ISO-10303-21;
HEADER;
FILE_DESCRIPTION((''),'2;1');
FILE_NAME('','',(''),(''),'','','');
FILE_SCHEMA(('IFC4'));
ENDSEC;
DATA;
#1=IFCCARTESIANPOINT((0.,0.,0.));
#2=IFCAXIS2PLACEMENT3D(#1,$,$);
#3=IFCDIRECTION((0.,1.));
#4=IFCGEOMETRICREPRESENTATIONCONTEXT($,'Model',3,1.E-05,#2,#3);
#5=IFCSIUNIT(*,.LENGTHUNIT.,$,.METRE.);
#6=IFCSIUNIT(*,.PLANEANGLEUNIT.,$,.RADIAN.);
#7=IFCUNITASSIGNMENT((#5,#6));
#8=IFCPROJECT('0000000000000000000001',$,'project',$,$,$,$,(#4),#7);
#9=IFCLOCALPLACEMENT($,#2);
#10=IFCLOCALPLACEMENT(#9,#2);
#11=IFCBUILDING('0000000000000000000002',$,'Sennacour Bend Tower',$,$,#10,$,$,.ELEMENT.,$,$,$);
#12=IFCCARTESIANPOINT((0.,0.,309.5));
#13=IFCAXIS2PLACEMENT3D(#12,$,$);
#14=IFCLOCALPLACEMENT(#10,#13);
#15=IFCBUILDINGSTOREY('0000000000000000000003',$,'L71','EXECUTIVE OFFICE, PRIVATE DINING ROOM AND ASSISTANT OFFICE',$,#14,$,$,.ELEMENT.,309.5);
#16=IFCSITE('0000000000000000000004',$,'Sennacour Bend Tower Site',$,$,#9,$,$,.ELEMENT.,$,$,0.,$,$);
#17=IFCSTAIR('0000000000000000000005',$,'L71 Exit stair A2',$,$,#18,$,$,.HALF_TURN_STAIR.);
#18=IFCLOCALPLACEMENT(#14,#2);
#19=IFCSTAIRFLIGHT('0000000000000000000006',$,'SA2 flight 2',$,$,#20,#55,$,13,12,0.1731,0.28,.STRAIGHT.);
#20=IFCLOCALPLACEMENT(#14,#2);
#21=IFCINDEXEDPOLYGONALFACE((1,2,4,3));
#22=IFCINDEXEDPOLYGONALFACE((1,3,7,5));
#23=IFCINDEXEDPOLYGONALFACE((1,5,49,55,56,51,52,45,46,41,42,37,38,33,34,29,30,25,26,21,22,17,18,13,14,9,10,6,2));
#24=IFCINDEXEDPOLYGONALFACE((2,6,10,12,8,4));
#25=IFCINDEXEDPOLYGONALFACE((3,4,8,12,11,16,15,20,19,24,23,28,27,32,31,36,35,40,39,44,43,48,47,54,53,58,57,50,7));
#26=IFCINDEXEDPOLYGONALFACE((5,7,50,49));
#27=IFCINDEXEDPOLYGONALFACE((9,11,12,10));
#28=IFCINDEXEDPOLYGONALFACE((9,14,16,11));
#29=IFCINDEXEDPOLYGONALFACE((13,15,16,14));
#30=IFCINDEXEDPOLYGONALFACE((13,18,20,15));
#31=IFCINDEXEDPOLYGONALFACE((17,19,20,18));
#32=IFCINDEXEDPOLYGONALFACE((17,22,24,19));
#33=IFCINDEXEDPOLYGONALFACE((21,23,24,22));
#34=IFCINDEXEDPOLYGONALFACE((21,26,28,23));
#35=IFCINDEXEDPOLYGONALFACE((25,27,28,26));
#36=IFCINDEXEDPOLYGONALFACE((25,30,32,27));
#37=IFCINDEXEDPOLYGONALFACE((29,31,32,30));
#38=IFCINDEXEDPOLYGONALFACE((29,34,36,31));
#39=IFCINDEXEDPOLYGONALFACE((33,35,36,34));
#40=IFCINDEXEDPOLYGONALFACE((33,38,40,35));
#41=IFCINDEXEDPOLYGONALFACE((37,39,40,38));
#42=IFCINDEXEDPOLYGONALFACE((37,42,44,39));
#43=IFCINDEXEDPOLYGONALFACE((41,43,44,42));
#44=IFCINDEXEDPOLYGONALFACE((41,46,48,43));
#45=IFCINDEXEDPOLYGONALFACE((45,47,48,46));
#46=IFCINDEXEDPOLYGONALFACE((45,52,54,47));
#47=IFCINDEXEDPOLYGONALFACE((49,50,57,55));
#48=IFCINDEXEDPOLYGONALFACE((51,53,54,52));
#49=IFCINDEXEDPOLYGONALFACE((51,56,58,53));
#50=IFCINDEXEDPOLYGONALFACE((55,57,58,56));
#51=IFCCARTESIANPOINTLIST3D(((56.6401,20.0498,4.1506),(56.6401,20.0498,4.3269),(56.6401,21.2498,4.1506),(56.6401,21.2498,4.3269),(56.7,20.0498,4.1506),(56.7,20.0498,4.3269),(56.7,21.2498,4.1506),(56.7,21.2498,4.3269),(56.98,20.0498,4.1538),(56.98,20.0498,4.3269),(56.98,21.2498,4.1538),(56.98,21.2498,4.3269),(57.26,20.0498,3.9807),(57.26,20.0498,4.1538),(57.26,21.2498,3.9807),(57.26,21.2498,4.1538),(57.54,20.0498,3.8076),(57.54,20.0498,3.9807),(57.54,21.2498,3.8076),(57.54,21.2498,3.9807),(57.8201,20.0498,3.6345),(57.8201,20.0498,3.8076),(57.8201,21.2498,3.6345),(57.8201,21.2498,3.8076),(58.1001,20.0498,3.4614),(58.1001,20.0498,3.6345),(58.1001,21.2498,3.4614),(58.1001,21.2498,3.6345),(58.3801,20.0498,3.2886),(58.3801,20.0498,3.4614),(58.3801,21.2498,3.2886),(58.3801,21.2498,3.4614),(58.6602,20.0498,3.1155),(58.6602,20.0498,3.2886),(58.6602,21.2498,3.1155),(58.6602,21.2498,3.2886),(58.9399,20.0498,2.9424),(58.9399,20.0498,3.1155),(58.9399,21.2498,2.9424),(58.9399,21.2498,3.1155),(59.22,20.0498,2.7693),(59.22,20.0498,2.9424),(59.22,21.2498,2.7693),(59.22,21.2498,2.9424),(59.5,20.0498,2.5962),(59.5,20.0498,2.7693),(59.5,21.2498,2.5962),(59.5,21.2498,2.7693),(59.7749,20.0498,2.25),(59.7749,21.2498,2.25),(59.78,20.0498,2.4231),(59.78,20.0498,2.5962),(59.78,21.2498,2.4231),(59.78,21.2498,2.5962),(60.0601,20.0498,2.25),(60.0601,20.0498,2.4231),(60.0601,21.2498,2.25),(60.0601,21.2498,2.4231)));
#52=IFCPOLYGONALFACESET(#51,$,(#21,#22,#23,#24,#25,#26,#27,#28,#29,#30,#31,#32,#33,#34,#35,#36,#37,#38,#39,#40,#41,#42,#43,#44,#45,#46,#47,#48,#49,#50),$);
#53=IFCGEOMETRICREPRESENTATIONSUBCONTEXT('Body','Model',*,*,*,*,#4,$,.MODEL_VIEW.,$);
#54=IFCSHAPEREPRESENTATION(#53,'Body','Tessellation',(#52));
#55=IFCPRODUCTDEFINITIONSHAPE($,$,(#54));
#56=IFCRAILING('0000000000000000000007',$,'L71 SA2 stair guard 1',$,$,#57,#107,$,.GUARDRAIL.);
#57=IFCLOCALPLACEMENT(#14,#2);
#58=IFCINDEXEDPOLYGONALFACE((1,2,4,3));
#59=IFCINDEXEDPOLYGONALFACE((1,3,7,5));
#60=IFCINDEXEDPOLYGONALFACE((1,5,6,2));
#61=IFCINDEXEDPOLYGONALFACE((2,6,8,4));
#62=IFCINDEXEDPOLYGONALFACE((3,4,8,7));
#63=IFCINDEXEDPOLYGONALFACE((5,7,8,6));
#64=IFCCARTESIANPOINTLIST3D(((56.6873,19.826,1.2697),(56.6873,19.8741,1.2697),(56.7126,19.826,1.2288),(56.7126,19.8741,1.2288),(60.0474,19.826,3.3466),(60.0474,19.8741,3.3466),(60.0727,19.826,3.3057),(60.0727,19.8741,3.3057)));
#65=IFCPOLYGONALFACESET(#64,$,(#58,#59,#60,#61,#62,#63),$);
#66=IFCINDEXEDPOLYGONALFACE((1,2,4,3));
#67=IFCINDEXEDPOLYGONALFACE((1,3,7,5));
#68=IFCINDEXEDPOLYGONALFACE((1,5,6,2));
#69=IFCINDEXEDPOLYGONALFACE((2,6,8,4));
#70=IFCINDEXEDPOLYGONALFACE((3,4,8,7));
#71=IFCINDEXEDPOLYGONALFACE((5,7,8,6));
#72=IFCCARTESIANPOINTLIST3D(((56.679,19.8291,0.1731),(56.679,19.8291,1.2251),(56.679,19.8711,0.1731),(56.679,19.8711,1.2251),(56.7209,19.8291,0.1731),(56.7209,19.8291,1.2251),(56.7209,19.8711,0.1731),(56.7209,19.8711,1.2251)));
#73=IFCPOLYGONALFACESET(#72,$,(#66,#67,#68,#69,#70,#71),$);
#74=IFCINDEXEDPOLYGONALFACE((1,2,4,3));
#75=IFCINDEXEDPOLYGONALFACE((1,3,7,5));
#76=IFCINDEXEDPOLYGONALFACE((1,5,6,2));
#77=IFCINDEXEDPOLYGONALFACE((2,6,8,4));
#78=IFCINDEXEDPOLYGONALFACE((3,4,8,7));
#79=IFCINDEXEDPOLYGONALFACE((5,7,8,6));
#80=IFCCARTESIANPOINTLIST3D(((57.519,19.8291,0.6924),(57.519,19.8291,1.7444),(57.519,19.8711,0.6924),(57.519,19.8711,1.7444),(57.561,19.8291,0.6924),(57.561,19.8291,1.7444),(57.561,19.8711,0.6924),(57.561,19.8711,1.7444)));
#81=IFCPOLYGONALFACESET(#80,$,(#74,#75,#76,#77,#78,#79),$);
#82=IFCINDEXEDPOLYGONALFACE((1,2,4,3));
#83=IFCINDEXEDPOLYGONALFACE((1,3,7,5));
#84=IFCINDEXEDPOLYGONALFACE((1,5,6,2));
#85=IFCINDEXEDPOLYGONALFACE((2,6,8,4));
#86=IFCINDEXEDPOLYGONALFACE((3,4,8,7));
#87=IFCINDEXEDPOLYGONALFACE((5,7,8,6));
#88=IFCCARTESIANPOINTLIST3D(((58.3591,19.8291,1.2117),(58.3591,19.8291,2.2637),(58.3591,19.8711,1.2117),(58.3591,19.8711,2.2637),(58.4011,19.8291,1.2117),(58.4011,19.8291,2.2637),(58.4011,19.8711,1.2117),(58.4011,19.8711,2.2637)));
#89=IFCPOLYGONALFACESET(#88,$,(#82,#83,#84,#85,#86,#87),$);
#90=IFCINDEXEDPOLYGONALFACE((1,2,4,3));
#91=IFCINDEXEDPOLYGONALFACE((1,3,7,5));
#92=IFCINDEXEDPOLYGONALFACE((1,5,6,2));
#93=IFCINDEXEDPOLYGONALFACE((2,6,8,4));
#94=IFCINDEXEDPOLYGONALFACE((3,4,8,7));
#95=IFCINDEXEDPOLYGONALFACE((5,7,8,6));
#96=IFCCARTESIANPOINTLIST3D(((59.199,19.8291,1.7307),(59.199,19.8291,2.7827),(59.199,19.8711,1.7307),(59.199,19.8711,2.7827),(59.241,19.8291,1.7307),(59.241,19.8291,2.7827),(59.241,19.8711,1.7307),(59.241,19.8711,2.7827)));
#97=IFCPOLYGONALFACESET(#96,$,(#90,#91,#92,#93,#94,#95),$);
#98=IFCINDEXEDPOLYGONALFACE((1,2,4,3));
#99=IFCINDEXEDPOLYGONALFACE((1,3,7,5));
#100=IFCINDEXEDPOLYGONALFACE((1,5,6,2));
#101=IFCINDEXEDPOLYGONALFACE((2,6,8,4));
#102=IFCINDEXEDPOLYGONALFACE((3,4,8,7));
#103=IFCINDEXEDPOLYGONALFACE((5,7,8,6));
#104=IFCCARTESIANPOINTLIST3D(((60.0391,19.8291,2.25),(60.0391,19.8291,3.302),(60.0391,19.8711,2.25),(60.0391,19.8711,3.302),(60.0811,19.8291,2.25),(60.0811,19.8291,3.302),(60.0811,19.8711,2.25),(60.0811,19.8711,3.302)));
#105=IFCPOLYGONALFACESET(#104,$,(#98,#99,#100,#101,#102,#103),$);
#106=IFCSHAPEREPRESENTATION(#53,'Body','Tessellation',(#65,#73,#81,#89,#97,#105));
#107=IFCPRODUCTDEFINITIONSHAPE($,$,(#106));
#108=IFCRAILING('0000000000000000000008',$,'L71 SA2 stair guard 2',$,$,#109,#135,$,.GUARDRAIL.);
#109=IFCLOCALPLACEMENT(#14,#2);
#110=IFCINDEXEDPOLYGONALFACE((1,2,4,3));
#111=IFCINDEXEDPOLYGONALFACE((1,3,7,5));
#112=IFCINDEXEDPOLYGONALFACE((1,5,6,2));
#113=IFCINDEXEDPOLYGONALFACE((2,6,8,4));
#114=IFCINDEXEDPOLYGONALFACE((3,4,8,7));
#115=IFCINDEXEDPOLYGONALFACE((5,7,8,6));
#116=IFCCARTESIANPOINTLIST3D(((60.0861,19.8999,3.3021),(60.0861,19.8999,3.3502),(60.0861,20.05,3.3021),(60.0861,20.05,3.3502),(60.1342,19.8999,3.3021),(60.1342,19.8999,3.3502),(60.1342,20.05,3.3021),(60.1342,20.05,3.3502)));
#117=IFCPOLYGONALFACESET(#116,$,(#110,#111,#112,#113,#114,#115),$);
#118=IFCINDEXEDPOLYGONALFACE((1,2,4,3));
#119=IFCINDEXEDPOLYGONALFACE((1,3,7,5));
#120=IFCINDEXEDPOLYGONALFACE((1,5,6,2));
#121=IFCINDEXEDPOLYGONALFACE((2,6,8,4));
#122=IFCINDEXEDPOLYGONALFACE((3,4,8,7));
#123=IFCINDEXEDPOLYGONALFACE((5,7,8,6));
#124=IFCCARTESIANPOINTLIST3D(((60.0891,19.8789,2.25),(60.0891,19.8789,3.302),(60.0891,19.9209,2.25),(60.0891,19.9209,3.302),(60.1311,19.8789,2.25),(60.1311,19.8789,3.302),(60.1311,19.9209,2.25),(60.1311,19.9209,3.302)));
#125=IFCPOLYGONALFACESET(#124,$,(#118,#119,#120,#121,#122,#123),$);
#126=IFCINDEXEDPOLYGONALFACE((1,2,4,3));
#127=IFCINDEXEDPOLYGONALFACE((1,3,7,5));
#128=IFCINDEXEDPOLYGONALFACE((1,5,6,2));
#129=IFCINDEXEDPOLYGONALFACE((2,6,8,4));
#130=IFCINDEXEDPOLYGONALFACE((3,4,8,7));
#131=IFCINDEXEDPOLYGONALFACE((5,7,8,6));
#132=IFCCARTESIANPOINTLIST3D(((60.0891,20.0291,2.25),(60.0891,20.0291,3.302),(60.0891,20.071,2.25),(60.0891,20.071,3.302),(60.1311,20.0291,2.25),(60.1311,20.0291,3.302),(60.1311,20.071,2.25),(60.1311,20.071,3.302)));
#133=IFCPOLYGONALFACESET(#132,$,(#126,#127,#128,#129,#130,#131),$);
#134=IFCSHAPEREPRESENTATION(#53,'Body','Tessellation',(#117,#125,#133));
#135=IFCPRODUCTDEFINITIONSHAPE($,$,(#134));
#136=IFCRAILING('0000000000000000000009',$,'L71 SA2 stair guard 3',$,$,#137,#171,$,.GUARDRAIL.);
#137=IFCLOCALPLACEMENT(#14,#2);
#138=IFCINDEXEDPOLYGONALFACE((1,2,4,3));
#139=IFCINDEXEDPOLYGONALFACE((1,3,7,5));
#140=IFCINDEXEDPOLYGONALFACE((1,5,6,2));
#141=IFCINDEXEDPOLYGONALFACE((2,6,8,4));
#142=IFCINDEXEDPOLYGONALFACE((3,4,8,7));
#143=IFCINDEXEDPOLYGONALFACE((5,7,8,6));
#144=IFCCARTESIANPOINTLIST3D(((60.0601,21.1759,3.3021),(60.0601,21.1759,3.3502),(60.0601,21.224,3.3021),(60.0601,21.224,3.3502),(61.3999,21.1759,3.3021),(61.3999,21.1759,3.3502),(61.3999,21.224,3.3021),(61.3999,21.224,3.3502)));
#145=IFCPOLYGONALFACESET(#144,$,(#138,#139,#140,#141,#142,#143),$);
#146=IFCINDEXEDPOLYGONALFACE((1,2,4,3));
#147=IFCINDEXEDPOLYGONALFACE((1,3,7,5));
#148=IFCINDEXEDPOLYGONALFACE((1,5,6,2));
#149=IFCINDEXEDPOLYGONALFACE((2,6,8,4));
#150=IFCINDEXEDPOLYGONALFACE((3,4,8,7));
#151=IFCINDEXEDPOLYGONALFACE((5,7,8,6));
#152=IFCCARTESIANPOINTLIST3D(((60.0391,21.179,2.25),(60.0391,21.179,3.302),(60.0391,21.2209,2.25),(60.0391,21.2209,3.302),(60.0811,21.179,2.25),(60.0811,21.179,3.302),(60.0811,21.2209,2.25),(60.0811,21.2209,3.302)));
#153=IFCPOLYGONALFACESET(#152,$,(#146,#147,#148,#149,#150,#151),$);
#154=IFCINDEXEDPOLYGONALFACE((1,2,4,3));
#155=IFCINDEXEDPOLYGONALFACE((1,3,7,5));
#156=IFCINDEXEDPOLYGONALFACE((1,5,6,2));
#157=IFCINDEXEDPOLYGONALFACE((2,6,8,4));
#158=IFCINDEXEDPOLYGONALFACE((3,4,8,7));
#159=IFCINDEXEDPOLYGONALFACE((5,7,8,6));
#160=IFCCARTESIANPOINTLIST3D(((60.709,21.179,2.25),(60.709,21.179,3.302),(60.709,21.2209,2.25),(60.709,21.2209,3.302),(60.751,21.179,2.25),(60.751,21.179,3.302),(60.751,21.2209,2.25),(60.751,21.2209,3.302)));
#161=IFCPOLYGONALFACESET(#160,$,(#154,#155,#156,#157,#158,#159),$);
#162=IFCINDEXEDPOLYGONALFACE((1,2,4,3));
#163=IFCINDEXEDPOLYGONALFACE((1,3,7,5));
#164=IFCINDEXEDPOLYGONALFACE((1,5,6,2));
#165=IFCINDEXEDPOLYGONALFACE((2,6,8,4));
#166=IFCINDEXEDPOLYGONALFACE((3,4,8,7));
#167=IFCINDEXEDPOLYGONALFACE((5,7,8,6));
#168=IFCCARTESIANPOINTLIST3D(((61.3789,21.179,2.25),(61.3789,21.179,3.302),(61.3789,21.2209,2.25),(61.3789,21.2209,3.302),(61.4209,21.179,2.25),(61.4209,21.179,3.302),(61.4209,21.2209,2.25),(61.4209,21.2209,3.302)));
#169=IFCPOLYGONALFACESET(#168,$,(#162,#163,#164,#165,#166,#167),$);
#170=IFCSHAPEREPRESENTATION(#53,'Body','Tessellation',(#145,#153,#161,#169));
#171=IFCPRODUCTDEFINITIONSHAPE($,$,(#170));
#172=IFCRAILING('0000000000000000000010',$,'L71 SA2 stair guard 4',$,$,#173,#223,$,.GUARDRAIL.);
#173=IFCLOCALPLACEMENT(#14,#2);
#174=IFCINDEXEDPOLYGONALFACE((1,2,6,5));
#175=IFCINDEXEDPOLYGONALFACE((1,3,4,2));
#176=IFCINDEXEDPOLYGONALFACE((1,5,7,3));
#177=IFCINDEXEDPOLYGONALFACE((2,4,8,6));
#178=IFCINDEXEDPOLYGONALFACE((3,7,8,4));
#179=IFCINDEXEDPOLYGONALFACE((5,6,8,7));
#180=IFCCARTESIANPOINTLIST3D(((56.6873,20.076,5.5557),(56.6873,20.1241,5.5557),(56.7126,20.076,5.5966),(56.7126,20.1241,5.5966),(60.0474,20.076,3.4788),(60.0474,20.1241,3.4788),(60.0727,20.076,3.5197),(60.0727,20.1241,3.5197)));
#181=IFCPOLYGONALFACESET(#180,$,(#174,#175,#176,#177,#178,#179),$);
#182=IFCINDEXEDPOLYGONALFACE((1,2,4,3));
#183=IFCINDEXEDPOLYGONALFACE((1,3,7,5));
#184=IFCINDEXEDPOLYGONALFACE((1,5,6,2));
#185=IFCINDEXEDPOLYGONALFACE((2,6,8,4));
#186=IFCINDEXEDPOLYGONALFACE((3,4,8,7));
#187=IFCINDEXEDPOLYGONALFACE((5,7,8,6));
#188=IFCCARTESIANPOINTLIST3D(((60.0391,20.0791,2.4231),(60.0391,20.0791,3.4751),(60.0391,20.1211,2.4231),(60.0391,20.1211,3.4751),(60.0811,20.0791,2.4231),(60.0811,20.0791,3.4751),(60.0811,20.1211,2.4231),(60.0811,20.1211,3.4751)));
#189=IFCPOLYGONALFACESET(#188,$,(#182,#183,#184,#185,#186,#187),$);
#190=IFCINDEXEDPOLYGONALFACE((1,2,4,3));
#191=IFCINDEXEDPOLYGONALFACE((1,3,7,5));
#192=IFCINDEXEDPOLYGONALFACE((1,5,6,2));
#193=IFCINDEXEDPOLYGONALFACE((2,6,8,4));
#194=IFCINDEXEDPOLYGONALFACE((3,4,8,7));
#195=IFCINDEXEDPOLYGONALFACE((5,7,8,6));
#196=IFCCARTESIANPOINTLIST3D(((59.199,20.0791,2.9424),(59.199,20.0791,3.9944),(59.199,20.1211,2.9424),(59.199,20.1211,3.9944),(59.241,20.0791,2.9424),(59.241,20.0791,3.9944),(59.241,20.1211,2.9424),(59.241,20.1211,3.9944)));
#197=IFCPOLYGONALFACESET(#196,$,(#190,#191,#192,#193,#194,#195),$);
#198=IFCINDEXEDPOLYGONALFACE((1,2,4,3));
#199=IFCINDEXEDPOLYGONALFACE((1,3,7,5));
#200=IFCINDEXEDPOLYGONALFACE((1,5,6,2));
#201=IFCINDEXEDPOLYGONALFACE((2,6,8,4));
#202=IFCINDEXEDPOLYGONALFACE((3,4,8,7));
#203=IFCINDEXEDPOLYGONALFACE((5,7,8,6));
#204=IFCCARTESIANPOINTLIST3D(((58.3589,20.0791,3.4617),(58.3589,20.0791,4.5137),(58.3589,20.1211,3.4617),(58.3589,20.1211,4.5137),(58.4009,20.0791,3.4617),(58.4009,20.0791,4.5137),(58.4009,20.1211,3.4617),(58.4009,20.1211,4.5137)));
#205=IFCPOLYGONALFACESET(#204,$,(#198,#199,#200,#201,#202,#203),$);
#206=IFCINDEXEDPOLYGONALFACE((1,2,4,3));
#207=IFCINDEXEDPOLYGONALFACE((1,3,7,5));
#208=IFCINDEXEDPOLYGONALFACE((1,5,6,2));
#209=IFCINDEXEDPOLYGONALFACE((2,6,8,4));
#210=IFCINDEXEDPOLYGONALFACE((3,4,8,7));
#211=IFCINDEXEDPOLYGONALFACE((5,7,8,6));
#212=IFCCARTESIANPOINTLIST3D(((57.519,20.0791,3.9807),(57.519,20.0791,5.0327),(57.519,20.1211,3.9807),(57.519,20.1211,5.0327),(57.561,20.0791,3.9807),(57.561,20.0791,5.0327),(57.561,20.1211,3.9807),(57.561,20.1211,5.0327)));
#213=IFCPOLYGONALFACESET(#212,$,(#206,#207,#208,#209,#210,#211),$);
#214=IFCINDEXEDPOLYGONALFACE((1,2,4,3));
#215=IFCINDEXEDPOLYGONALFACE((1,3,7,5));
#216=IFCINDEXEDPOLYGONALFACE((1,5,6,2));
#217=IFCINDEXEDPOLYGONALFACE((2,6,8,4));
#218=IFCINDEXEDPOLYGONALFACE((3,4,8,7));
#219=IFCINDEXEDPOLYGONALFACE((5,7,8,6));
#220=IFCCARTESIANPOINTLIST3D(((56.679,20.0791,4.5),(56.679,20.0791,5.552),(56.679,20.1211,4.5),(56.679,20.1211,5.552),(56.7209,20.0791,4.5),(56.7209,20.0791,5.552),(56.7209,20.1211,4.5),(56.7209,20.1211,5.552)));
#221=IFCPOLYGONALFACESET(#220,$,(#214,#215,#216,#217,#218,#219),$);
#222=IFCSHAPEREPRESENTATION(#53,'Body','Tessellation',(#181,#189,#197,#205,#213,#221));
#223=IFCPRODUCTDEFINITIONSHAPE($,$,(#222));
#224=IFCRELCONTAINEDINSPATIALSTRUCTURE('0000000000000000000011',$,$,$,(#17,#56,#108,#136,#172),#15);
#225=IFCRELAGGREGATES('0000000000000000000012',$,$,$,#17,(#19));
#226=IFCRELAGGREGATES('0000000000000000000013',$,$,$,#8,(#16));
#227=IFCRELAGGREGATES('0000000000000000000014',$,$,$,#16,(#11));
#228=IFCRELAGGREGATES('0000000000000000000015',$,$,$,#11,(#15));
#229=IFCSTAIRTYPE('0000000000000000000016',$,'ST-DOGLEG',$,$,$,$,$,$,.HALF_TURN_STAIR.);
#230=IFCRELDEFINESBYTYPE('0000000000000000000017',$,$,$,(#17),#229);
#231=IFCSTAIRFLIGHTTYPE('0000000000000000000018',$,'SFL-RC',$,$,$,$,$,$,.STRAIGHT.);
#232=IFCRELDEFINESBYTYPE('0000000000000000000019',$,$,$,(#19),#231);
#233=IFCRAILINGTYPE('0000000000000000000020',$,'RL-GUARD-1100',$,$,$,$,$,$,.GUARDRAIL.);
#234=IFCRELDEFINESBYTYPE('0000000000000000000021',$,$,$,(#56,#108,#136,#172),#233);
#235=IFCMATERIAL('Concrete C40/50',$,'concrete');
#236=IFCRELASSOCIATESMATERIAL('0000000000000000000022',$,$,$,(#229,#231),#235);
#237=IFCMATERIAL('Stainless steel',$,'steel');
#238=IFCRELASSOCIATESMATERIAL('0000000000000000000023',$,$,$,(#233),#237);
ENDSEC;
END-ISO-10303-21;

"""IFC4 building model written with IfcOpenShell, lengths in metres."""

from ifc_helpers import new_model, si_unit, direction, frame, origin, origin_2d, place, context, subcontext, project, spatial, polyline, rectangle, outline, extrude, material, type_object, element, aggregate, save


model = new_model("IFC4")

# Units and contexts
model_context = context("Model", 3, precision=1e-05, world=origin(), true_north=direction((0.0, 1.0)))
body_context = subcontext(model_context, "Body", "Model", "MODEL_VIEW")
ifc_project = project(units=[si_unit("LENGTHUNIT", "METRE"), si_unit("PLANEANGLEUNIT", "RADIAN")], contexts=[model_context])

# Site, building, storey
site_placement = place(None, origin())
site = spatial("IfcSite", under=ifc_project, at=site_placement, Name="Sennacour Bend Tower Site", CompositionType="ELEMENT", RefElevation=0.0)
building_placement = place(site_placement, origin())
building = spatial("IfcBuilding", under=site, at=building_placement, Name="Sennacour Bend Tower", CompositionType="ELEMENT")
storey_placement = place(building_placement, frame((0.0, 0.0, 309.5)))
storey = spatial("IfcBuildingStorey", under=building, at=storey_placement, Name="L71", Description="EXECUTIVE OFFICE, PRIVATE DINING ROOM AND ASSISTANT OFFICE", CompositionType="ELEMENT", Elevation=309.5)

# Stair, stair flight
ifc_material_1 = material(Name="Concrete C40/50", Category="concrete")
stair_type = type_object("IfcStairType", Name="ST-DOGLEG", PredefinedType="HALF_TURN_STAIR", material=ifc_material_1)
stair_placement = place(storey_placement, origin())
stair = element("IfcStair", 1, at=stair_placement, inside=storey, type_object=stair_type, Name="L71 Exit stair A2", PredefinedType="HALF_TURN_STAIR")
stair_flight_type = type_object("IfcStairFlightType", Name="SFL-RC", PredefinedType="STRAIGHT", material=ifc_material_1)
stair_flight_1_placement = place(storey_placement, frame((60.0601, 20.6499, 2.25), z_axis=(0.0, 0.0, 1.0), x_axis=(-1.0, 0.0, 0.0)))
stair_flight_1 = element("IfcStairFlight", 2, at=stair_flight_1_placement, type_object=stair_flight_type, Name="SA2 flight 2", NumberOfRisers=13, NumberOfTreads=12, PredefinedType="STRAIGHT", RiserHeight=0.1731, TreadLength=0.28, context=body_context, shape_type="SweptSolid", body=[
    extrude(outline(polyline([(0.0, 0.0), (0.0, 0.1731), (0.28, 0.1731), (0.28, 0.3462), (0.5601, 0.3462), (0.5601, 0.5193), (0.8401, 0.5193), (0.8401, 0.6924), (1.1201, 0.6924), (1.1201, 0.8655), (1.3999, 0.8655), (1.3999, 1.0386), (1.6799, 1.0386), (1.6799, 1.2114), (1.96, 1.2114), (1.96, 1.3845), (2.24, 1.3845), (2.24, 1.5576), (2.52, 1.5576), (2.52, 1.7307), (2.8, 1.7307), (2.8, 1.9038), (3.0801, 1.9038), (3.0801, 2.0769), (3.3601, 2.0769), (3.4199, 2.0769), (3.4199, 1.9006), (3.3601, 1.9006), (0.2852, 0.0), (0.0, 0.0)])), frame((0.0, 0.6001, 0.0), z_axis=(0.0, -1.0, 0.0), x_axis=(1.0, 0.0, 0.0)), (0.0, 0.0, 1.0), 1.2),
])
aggregate(stair, [stair_flight_1])

# Railings
ifc_material_2 = material(Name="Stainless steel", Category="steel")
railing_type_1 = type_object("IfcRailingType", Name="RL-GUARD-1100", PredefinedType="GUARDRAIL", material=ifc_material_2)
railing_1_placement = place(storey_placement, frame((56.7, 19.8501, 0.1731)))
element("IfcRailing", 3, at=railing_1_placement, inside=storey, type_object=railing_type_1, Name="L71 SA2 stair guard 1", PredefinedType="GUARDRAIL", context=body_context, shape_type="SweptSolid", body=[
    extrude(rectangle(XDim=0.0481, YDim=0.0481, at=origin_2d()), frame((0.0, 0.0, 1.0762), z_axis=(0.850623, 0.0, 0.525776), x_axis=(0.0, 1.0, 0.0)), (0.0, 0.0, 1.0), 3.9502),
    extrude(rectangle(XDim=0.042, YDim=0.042, at=origin_2d()), origin(), (0.0, 0.0, 1.0), 1.052),
    extrude(rectangle(XDim=0.042, YDim=0.042, at=origin_2d()), frame((0.8401, 0.0, 0.5193)), (0.0, 0.0, 1.0), 1.052),
    extrude(rectangle(XDim=0.042, YDim=0.042, at=origin_2d()), frame((1.6802, 0.0, 1.0386)), (0.0, 0.0, 1.0), 1.052),
    extrude(rectangle(XDim=0.042, YDim=0.042, at=origin_2d()), frame((2.52, 0.0, 1.5576)), (0.0, 0.0, 1.0), 1.052),
    extrude(rectangle(XDim=0.042, YDim=0.042, at=origin_2d()), frame((3.3601, 0.0, 2.0769)), (0.0, 0.0, 1.0), 1.052),
])
railing_2_placement = place(storey_placement, frame((60.1101, 19.8999, 2.25)))
element("IfcRailing", 4, at=railing_2_placement, inside=storey, type_object=railing_type_1, Name="L71 SA2 stair guard 2", PredefinedType="GUARDRAIL", context=body_context, shape_type="SweptSolid", body=[
    extrude(rectangle(XDim=0.0481, YDim=0.0481, at=origin_2d()), frame((0.0, 0.0, 1.0762), z_axis=(0.0, 1.0, 0.0), x_axis=(-1.0, 0.0, 0.0)), (0.0, 0.0, 1.0), 0.1501),
    extrude(rectangle(XDim=0.042, YDim=0.042, at=origin_2d()), origin(), (0.0, 0.0, 1.0), 1.052),
    extrude(rectangle(XDim=0.042, YDim=0.042, at=origin_2d()), frame((0.0, 0.1501, 0.0)), (0.0, 0.0, 1.0), 1.052),
])
railing_3_placement = place(storey_placement, frame((60.0601, 21.2, 2.25)))
element("IfcRailing", 5, at=railing_3_placement, inside=storey, type_object=railing_type_1, Name="L71 SA2 stair guard 3", PredefinedType="GUARDRAIL", context=body_context, shape_type="SweptSolid", body=[
    extrude(rectangle(XDim=0.0481, YDim=0.0481, at=origin_2d()), frame((0.0, 0.0, 1.0762), z_axis=(1.0, 0.0, 0.0), x_axis=(0.0, 1.0, 0.0)), (0.0, 0.0, 1.0), 1.3398),
    extrude(rectangle(XDim=0.042, YDim=0.042, at=origin_2d()), origin(), (0.0, 0.0, 1.0), 1.052),
    extrude(rectangle(XDim=0.042, YDim=0.042, at=origin_2d()), frame((0.6699, 0.0, 0.0)), (0.0, 0.0, 1.0), 1.052),
    extrude(rectangle(XDim=0.042, YDim=0.042, at=origin_2d()), frame((1.3398, 0.0, 0.0)), (0.0, 0.0, 1.0), 1.052),
])
railing_4_placement = place(storey_placement, frame((60.0601, 20.1001, 2.4231)))
element("IfcRailing", 6, at=railing_4_placement, inside=storey, type_object=railing_type_1, Name="L71 SA2 stair guard 4", PredefinedType="GUARDRAIL", context=body_context, shape_type="SweptSolid", body=[
    extrude(rectangle(XDim=0.0481, YDim=0.0481, at=origin_2d()), frame((0.0, 0.0, 1.0762), z_axis=(-0.850623, 0.0, 0.525776), x_axis=(0.0, -1.0, 0.0)), (0.0, 0.0, 1.0), 3.9502),
    extrude(rectangle(XDim=0.042, YDim=0.042, at=origin_2d()), origin(), (0.0, 0.0, 1.0), 1.052),
    extrude(rectangle(XDim=0.042, YDim=0.042, at=origin_2d()), frame((-0.8401, 0.0, 0.5193)), (0.0, 0.0, 1.0), 1.052),
    extrude(rectangle(XDim=0.042, YDim=0.042, at=origin_2d()), frame((-1.6802, 0.0, 1.0386)), (0.0, 0.0, 1.0), 1.052),
    extrude(rectangle(XDim=0.042, YDim=0.042, at=origin_2d()), frame((-2.52, 0.0, 1.5576)), (0.0, 0.0, 1.0), 1.052),
    extrude(rectangle(XDim=0.042, YDim=0.042, at=origin_2d()), frame((-3.3601, 0.0, 2.0769)), (0.0, 0.0, 1.0), 1.052),
])

save(model, "model.ifc")
